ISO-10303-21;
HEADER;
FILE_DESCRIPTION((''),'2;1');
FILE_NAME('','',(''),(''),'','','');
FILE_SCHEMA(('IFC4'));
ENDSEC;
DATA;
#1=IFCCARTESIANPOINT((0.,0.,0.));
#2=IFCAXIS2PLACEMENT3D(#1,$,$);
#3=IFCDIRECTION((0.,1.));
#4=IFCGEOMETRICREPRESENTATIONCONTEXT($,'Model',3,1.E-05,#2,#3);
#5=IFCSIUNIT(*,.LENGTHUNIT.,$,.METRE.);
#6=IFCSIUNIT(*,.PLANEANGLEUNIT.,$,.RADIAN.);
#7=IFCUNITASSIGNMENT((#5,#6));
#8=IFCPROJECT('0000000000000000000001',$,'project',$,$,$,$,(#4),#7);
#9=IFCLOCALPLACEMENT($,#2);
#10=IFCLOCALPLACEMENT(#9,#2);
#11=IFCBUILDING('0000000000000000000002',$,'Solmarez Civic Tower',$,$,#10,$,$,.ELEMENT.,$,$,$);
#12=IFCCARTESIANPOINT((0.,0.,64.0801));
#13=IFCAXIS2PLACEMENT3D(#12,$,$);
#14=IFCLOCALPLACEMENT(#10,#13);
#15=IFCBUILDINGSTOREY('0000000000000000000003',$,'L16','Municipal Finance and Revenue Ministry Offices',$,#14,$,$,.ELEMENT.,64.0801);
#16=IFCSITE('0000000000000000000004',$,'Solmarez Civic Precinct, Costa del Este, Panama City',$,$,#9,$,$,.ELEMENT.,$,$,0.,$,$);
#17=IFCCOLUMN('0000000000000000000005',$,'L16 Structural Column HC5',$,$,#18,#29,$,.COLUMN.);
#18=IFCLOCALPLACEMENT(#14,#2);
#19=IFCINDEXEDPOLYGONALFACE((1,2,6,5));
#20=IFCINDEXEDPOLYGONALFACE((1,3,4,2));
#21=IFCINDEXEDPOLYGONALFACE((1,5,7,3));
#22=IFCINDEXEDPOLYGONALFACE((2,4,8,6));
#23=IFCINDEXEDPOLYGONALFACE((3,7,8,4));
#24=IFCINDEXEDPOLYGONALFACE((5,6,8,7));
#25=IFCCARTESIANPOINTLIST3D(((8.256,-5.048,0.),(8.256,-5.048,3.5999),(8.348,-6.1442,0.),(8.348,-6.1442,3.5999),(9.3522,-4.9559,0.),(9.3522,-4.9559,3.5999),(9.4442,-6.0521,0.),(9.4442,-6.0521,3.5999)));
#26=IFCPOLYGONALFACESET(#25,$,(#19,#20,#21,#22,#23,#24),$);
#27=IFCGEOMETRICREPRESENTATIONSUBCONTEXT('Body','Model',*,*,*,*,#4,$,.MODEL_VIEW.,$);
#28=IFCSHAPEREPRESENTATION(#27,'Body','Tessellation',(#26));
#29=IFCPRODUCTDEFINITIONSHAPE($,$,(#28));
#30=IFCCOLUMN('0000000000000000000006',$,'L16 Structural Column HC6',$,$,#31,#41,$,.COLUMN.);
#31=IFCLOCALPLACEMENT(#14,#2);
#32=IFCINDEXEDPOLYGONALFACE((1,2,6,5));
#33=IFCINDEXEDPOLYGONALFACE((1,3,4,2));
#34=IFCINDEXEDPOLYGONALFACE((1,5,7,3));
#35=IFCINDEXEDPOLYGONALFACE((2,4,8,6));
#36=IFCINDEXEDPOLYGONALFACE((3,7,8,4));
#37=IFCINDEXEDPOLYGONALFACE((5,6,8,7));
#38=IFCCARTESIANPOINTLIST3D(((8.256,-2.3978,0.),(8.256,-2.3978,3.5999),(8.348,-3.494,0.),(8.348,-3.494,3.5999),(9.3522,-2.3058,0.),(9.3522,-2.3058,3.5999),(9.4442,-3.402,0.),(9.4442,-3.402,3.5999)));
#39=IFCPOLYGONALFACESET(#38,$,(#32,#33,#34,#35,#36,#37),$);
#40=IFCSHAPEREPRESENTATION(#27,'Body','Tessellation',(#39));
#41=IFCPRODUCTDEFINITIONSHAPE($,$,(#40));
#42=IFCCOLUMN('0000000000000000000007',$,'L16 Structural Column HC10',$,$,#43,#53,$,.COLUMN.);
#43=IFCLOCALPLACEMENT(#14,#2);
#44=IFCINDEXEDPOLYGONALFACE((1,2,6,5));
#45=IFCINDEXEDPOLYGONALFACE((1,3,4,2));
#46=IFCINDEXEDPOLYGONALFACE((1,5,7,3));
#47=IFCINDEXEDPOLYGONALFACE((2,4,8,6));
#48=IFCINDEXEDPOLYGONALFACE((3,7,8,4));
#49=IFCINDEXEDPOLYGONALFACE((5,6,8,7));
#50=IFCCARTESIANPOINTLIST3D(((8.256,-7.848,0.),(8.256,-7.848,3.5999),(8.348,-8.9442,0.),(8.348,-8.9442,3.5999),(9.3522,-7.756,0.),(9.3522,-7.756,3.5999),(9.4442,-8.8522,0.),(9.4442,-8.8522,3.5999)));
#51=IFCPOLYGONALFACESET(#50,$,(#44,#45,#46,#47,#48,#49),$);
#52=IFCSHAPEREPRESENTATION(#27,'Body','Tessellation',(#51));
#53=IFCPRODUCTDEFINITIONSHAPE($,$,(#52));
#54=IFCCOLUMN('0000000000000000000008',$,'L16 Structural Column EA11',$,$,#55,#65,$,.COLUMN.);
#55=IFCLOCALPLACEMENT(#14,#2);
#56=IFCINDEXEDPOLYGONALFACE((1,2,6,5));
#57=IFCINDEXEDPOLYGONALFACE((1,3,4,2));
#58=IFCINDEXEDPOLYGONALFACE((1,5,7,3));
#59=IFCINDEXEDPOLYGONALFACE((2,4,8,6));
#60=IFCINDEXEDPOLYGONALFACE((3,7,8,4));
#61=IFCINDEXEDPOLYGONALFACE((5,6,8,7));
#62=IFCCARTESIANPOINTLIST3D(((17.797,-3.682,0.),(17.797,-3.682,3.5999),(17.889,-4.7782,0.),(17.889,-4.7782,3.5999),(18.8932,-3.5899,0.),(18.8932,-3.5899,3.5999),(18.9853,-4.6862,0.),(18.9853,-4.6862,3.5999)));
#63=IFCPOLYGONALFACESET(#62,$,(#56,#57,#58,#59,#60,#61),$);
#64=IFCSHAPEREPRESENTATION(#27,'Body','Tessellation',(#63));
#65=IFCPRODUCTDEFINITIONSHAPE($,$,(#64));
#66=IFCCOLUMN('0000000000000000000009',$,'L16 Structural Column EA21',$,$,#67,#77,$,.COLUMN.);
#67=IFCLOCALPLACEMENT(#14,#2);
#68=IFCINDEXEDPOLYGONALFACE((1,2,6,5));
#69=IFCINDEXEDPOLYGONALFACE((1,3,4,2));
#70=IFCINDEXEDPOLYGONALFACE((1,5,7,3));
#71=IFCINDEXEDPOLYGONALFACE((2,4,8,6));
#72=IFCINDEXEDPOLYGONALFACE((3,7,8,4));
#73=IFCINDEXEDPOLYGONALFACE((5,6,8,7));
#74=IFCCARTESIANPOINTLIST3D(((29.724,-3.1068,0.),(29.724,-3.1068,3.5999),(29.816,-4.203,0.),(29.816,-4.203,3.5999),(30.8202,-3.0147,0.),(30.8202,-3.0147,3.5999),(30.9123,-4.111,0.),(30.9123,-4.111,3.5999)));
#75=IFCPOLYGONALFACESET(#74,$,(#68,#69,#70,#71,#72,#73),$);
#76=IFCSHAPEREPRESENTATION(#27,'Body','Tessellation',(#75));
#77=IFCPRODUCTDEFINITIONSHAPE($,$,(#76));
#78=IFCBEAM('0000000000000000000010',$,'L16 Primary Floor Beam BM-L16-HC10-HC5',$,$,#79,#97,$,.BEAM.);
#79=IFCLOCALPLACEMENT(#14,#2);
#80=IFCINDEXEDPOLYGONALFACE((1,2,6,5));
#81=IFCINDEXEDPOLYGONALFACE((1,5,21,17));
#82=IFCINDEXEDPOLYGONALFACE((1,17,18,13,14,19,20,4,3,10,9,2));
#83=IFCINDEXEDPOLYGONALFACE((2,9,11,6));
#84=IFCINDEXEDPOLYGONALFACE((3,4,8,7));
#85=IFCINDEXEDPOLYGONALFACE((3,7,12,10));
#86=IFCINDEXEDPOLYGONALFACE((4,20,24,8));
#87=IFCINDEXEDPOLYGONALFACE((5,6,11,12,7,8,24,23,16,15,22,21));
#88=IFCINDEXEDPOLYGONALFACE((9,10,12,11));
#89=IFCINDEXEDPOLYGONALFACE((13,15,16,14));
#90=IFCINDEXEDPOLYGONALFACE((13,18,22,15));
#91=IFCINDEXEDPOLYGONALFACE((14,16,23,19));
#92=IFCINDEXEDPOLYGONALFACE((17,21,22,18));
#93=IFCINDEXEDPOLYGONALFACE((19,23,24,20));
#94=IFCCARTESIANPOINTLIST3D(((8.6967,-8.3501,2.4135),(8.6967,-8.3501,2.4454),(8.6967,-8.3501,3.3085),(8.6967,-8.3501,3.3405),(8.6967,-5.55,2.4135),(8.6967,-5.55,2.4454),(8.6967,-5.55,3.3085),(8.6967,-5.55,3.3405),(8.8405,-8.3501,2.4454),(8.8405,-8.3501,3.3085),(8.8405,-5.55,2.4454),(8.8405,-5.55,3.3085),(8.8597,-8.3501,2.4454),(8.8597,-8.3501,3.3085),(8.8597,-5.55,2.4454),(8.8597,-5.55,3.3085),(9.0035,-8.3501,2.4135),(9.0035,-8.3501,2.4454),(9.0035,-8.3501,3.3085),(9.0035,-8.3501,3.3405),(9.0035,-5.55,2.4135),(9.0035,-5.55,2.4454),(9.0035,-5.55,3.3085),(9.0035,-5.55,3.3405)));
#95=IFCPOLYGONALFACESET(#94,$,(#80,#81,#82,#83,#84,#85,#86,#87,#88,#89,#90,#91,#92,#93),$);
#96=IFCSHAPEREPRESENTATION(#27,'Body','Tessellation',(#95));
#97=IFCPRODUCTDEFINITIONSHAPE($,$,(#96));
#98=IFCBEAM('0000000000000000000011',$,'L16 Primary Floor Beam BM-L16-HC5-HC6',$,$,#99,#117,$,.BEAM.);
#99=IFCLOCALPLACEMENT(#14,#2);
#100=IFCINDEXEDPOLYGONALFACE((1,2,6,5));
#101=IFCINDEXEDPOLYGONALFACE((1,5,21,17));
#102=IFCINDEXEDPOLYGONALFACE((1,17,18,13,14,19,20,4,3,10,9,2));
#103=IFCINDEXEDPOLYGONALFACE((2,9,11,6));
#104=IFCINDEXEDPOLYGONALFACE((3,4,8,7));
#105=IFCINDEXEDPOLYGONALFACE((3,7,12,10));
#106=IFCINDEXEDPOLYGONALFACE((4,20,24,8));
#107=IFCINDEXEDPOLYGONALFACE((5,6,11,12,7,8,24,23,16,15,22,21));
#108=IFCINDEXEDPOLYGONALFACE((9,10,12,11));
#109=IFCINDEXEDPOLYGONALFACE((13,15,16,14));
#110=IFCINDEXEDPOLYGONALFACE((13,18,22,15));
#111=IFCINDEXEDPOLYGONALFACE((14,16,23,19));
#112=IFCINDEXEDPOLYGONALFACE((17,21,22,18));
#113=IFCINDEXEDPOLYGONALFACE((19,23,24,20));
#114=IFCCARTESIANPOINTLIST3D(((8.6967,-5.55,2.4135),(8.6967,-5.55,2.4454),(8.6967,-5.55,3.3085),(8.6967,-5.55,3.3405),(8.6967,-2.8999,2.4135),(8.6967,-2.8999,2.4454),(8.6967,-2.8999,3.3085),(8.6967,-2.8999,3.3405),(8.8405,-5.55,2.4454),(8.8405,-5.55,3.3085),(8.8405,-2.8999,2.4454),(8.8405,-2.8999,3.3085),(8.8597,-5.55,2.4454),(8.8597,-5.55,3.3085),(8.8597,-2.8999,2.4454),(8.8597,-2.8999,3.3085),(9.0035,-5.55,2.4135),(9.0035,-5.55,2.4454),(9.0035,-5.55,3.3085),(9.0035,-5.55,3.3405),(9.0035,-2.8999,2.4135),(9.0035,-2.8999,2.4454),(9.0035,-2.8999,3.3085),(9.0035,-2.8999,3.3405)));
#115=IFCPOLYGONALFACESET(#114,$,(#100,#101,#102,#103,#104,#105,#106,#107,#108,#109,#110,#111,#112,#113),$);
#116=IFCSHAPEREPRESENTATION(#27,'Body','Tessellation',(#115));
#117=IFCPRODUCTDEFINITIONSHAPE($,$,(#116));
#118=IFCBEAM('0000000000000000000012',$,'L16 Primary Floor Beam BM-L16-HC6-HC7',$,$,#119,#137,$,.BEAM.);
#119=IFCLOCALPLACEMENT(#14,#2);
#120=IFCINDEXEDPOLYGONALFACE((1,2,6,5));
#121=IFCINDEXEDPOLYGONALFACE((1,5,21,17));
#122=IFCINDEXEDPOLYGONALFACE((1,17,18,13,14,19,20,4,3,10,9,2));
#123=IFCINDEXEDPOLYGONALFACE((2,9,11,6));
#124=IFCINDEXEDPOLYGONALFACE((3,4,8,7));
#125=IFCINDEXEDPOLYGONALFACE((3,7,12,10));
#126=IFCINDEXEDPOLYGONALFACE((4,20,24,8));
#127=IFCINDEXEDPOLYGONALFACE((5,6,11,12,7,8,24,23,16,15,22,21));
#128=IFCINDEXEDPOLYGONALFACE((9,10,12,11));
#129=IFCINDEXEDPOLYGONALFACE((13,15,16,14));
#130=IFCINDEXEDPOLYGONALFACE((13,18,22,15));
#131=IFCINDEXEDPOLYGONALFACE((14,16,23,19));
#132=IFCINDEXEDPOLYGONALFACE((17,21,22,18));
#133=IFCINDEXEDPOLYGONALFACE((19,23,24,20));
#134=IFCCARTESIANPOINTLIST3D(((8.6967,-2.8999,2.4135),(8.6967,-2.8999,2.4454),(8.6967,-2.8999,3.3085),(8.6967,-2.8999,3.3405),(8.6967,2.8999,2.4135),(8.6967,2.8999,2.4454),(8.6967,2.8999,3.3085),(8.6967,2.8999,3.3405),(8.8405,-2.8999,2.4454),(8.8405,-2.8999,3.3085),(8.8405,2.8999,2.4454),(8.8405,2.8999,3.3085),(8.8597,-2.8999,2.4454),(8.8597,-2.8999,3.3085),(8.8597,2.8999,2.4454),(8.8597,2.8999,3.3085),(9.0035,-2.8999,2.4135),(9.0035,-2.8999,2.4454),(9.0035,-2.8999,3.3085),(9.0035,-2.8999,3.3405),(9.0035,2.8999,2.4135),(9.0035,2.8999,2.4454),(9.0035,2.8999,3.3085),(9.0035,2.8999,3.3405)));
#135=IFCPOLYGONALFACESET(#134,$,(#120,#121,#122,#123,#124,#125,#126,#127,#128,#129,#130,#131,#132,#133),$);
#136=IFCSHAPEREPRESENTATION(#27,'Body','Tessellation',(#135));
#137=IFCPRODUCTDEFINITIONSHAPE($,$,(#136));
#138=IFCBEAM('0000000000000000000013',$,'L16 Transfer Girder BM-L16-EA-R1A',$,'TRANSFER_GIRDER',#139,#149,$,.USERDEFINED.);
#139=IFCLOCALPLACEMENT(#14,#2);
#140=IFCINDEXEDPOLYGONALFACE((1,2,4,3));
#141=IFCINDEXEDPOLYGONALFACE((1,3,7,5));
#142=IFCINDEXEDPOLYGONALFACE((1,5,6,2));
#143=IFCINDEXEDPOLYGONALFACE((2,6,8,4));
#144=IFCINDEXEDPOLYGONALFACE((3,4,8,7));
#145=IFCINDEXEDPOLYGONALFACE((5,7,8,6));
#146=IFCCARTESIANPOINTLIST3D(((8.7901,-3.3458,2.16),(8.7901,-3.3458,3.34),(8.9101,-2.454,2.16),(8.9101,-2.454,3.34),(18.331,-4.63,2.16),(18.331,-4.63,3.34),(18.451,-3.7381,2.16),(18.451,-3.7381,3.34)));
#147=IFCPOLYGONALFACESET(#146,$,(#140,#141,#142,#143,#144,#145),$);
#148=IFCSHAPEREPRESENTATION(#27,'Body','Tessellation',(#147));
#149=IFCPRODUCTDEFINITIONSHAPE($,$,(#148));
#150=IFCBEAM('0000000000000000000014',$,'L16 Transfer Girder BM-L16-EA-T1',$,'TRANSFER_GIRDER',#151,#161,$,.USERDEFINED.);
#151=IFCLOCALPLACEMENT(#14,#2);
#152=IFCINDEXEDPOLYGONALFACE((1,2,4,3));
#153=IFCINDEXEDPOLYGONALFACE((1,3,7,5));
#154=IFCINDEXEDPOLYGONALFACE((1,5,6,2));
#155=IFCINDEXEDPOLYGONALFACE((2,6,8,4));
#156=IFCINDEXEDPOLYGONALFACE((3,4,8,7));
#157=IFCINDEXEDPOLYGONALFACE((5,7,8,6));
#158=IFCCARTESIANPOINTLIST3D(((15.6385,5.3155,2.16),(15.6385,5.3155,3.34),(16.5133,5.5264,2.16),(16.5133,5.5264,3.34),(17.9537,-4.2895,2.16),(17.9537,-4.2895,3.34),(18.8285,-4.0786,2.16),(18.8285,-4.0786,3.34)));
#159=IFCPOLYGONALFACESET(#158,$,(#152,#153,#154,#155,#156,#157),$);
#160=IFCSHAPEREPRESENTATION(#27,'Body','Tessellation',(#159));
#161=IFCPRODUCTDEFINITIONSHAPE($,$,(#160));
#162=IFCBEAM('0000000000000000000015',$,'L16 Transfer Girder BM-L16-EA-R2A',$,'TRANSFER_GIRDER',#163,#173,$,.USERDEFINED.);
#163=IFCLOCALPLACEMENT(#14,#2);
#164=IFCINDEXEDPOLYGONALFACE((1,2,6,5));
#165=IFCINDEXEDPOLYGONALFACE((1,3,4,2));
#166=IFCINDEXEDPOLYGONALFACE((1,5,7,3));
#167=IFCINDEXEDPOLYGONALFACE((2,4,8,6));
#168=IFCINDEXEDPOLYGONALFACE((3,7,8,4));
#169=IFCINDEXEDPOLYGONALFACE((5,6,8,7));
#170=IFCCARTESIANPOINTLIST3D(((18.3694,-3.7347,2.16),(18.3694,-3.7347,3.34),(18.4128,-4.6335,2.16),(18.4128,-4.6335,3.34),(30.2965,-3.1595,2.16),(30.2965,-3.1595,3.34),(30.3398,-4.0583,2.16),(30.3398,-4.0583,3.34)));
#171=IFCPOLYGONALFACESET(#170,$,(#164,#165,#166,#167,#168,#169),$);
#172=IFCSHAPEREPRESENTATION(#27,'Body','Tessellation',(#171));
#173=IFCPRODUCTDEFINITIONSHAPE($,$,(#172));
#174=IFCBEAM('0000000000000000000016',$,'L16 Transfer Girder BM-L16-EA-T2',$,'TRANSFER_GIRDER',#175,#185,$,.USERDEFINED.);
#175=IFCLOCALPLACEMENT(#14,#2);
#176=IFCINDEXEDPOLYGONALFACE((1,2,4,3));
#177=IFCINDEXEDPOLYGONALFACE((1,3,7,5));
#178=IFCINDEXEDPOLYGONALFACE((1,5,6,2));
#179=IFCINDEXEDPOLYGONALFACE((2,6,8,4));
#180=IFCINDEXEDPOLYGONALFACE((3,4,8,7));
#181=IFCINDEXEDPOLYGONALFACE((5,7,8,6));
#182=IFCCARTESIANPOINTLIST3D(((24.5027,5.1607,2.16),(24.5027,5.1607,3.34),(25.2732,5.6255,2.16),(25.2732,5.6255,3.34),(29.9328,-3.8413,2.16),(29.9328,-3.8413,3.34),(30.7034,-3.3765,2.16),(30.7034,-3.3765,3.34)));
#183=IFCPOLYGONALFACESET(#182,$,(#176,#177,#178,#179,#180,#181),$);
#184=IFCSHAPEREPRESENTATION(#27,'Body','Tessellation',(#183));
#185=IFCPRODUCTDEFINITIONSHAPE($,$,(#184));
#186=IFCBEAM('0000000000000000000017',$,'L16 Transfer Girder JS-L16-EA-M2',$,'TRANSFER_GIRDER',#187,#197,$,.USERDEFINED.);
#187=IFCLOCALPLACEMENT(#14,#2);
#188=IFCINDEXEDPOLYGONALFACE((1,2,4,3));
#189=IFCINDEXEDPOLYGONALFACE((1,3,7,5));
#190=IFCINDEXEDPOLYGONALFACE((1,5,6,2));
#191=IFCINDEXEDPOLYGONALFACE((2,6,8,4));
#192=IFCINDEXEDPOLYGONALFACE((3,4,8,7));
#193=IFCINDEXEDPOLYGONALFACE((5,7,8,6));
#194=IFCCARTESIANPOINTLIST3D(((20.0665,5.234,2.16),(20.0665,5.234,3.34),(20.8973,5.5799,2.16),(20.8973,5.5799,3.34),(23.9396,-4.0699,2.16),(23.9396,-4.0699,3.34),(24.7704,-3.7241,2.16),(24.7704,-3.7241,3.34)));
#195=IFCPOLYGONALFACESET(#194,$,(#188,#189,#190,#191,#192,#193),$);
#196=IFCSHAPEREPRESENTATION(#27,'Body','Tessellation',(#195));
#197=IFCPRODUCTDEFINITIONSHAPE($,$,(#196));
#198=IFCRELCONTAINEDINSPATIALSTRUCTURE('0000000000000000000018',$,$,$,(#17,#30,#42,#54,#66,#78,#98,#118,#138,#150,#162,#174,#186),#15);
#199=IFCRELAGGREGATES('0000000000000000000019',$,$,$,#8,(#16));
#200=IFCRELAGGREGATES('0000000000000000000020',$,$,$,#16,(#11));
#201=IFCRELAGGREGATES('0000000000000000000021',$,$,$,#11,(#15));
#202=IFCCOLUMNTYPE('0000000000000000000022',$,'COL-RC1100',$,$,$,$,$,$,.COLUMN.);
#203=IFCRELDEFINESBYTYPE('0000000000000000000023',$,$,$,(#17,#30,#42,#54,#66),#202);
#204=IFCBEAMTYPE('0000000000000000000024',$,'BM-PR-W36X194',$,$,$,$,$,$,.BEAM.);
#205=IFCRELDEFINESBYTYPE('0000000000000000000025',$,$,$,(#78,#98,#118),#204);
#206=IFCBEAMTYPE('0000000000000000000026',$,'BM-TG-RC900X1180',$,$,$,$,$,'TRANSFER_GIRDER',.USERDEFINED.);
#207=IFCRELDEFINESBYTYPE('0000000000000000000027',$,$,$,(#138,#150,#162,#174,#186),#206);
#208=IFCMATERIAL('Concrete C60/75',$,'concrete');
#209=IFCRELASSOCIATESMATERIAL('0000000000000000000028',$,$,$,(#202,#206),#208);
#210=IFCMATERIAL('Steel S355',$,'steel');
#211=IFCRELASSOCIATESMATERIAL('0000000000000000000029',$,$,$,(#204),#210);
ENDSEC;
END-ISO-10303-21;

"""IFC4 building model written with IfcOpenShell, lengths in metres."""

from ifc_helpers import new_model, si_unit, direction, frame, origin, origin_2d, place, context, subcontext, project, spatial, rectangle, i_section, extrude, material, material_profile, profile_set, type_object, element, save


model = new_model("IFC4")

# Units and contexts
model_context = context("Model", 3, precision=1e-05, world=origin(), true_north=direction((0.0, 1.0)))
body_context = subcontext(model_context, "Body", "Model", "MODEL_VIEW")
ifc_project = project(units=[si_unit("LENGTHUNIT", "METRE"), si_unit("PLANEANGLEUNIT", "RADIAN")], contexts=[model_context])

# Site, building, storey
site_placement = place(None, origin())
site = spatial("IfcSite", under=ifc_project, at=site_placement, Name="Solmarez Civic Precinct, Costa del Este, Panama City", CompositionType="ELEMENT", RefElevation=0.0)
building_placement = place(site_placement, origin())
building = spatial("IfcBuilding", under=site, at=building_placement, Name="Solmarez Civic Tower", CompositionType="ELEMENT")
storey_placement = place(building_placement, frame((0.0, 0.0, 64.0801)))
storey = spatial("IfcBuildingStorey", under=building, at=storey_placement, Name="L16", Description="Municipal Finance and Revenue Ministry Offices", CompositionType="ELEMENT", Elevation=64.0801)

# Columns
ifc_material_1 = material(Name="Concrete C60/75", Category="concrete")
ifc_material_profile_1 = material_profile(ifc_material_1, rectangle(XDim=1.1001, YDim=1.1001, at=origin_2d()), Name="RC1100X1100")
ifc_profile_set_1 = profile_set([ifc_material_profile_1], Name="Concrete C60/75")
column_type = type_object("IfcColumnType", Name="COL-RC1100", PredefinedType="COLUMN", material=ifc_profile_set_1)
for number, where, z_axis, x_axis, name in (
    (1, (8.8501, -5.55, 0.0), (0.0, 0.0, 1.0), (0.996493, 0.083678, 0.0), "L16 Structural Column HC5"),
    (2, (8.8501, -2.8999, 0.0), (0.0, 0.0, 1.0), (0.996493, 0.083678, 0.0), "L16 Structural Column HC6"),
    (3, (8.8501, -8.3501, 0.0), (0.0, 0.0, 1.0), (0.996493, 0.083678, 0.0), "L16 Structural Column HC10"),
    (4, (18.3911, -4.1841, 0.0), (0.0, 0.0, 1.0), (0.996493, 0.083678, 0.0), "L16 Structural Column EA11"),
    (5, (30.3181, -3.6089, 0.0), (0.0, 0.0, 1.0), (0.996493, 0.083678, 0.0), "L16 Structural Column EA21"),
):
    element("IfcColumn", number, at=place(storey_placement, frame(where, z_axis=z_axis, x_axis=x_axis)), inside=storey, type_object=column_type, Name=name, PredefinedType="COLUMN", context=body_context, shape_type="SweptSolid", body=[
        extrude(rectangle(XDim=1.1001, YDim=1.1001, at=origin_2d()), origin(), (0.0, 0.0, 1.0), 3.5999),
    ])

# Beams
ifc_material_2 = material(Name="Steel S355", Category="steel")
ifc_material_profile_2 = material_profile(ifc_material_2, i_section(OverallWidth=0.3069, OverallDepth=0.927, WebThickness=0.0193, FlangeThickness=0.032, at=origin_2d()), Name="W36X194")
ifc_profile_set_2 = profile_set([ifc_material_profile_2], Name="Steel S355")
beam_type_1 = type_object("IfcBeamType", Name="BM-PR-W36X194", PredefinedType="BEAM", material=ifc_profile_set_2)
beam_1_placement = place(storey_placement, frame((8.8501, -8.3501, 2.877), z_axis=(0.0, 1.0, 0.0), x_axis=(-1.0, 0.0, 0.0)))
element("IfcBeam", 6, at=beam_1_placement, inside=storey, type_object=beam_type_1, Name="L16 Primary Floor Beam BM-L16-HC10-HC5", PredefinedType="BEAM", context=body_context, shape_type="SweptSolid", body=[
    extrude(i_section(OverallWidth=0.3069, OverallDepth=0.927, WebThickness=0.0193, FlangeThickness=0.032, at=origin_2d()), origin(), (0.0, 0.0, 1.0), 2.8),
])
beam_2_placement = place(storey_placement, frame((8.8501, -5.55, 2.877), z_axis=(0.0, 1.0, 0.0), x_axis=(-1.0, 0.0, 0.0)))
element("IfcBeam", 7, at=beam_2_placement, inside=storey, type_object=beam_type_1, Name="L16 Primary Floor Beam BM-L16-HC5-HC6", PredefinedType="BEAM", context=body_context, shape_type="SweptSolid", body=[
    extrude(i_section(OverallWidth=0.3069, OverallDepth=0.927, WebThickness=0.0193, FlangeThickness=0.032, at=origin_2d()), origin(), (0.0, 0.0, 1.0), 2.6501),
])
beam_3_placement = place(storey_placement, frame((8.8501, -2.8999, 2.877), z_axis=(0.0, 1.0, 0.0), x_axis=(-1.0, 0.0, 0.0)))
element("IfcBeam", 8, at=beam_3_placement, inside=storey, type_object=beam_type_1, Name="L16 Primary Floor Beam BM-L16-HC6-HC7", PredefinedType="BEAM", context=body_context, shape_type="SweptSolid", body=[
    extrude(i_section(OverallWidth=0.3069, OverallDepth=0.927, WebThickness=0.0193, FlangeThickness=0.032, at=origin_2d()), origin(), (0.0, 0.0, 1.0), 5.7998),
])
ifc_material_profile_3 = material_profile(ifc_material_1, rectangle(XDim=0.8999, YDim=1.1799, at=origin_2d()), Name="RC900X1180")
ifc_profile_set_3 = profile_set([ifc_material_profile_3], Name="Concrete C60/75")
beam_type_2 = type_object("IfcBeamType", Name="BM-TG-RC900X1180", ElementType="TRANSFER_GIRDER", PredefinedType="USERDEFINED", material=ifc_profile_set_3)
beam_4_placement = place(storey_placement, frame((8.8501, -2.8999, 2.75), z_axis=(0.991063, -0.133393, 0.0), x_axis=(0.133393, 0.991063, 0.0)))
element("IfcBeam", 9, at=beam_4_placement, inside=storey, type_object=beam_type_2, Name="L16 Transfer Girder BM-L16-EA-R1A", ObjectType="TRANSFER_GIRDER", PredefinedType="USERDEFINED", context=body_context, shape_type="SweptSolid", body=[
    extrude(rectangle(XDim=0.8999, YDim=1.1799, at=origin_2d()), origin(), (0.0, 0.0, 1.0), 9.627),
])
beam_5_placement = place(storey_placement, frame((18.3911, -4.1841, 2.75), z_axis=(-0.234329, 0.972157, 0.0), x_axis=(-0.972157, -0.234329, 0.0)))
element("IfcBeam", 10, at=beam_5_placement, inside=storey, type_object=beam_type_2, Name="L16 Transfer Girder BM-L16-EA-T1", ObjectType="TRANSFER_GIRDER", PredefinedType="USERDEFINED", context=body_context, shape_type="SweptSolid", body=[
    extrude(rectangle(XDim=0.8999, YDim=1.1799, at=origin_2d()), origin(), (0.0, 0.0, 1.0), 9.8801),
])
beam_6_placement = place(storey_placement, frame((18.3911, -4.1841, 2.75), z_axis=(0.998839, 0.04817, 0.0), x_axis=(-0.04817, 0.998839, 0.0)))
element("IfcBeam", 11, at=beam_6_placement, inside=storey, type_object=beam_type_2, Name="L16 Transfer Girder BM-L16-EA-R2A", ObjectType="TRANSFER_GIRDER", PredefinedType="USERDEFINED", context=body_context, shape_type="SweptSolid", body=[
    extrude(rectangle(XDim=0.8999, YDim=1.1799, at=origin_2d()), origin(), (0.0, 0.0, 1.0), 11.9409),
])
beam_7_placement = place(storey_placement, frame((30.3181, -3.6089, 2.75), z_axis=(-0.516523, 0.856273, 0.0), x_axis=(-0.856273, -0.516523, 0.0)))
element("IfcBeam", 12, at=beam_7_placement, inside=storey, type_object=beam_type_2, Name="L16 Transfer Girder BM-L16-EA-T2", ObjectType="TRANSFER_GIRDER", PredefinedType="USERDEFINED", context=body_context, shape_type="SweptSolid", body=[
    extrude(rectangle(XDim=0.8999, YDim=1.1799, at=origin_2d()), origin(), (0.0, 0.0, 1.0), 10.5129),
])
beam_8_placement = place(storey_placement, frame((24.355, -3.897, 2.75), z_axis=(-0.384311, 0.923204, 0.0), x_axis=(-0.923204, -0.384311, 0.0)))
element("IfcBeam", 13, at=beam_8_placement, inside=storey, type_object=beam_type_2, Name="L16 Transfer Girder JS-L16-EA-M2", ObjectType="TRANSFER_GIRDER", PredefinedType="USERDEFINED", context=body_context, shape_type="SweptSolid", body=[
    extrude(rectangle(XDim=0.8999, YDim=1.1799, at=origin_2d()), origin(), (0.0, 0.0, 1.0), 10.0779),
])

save(model, "model.ifc")
